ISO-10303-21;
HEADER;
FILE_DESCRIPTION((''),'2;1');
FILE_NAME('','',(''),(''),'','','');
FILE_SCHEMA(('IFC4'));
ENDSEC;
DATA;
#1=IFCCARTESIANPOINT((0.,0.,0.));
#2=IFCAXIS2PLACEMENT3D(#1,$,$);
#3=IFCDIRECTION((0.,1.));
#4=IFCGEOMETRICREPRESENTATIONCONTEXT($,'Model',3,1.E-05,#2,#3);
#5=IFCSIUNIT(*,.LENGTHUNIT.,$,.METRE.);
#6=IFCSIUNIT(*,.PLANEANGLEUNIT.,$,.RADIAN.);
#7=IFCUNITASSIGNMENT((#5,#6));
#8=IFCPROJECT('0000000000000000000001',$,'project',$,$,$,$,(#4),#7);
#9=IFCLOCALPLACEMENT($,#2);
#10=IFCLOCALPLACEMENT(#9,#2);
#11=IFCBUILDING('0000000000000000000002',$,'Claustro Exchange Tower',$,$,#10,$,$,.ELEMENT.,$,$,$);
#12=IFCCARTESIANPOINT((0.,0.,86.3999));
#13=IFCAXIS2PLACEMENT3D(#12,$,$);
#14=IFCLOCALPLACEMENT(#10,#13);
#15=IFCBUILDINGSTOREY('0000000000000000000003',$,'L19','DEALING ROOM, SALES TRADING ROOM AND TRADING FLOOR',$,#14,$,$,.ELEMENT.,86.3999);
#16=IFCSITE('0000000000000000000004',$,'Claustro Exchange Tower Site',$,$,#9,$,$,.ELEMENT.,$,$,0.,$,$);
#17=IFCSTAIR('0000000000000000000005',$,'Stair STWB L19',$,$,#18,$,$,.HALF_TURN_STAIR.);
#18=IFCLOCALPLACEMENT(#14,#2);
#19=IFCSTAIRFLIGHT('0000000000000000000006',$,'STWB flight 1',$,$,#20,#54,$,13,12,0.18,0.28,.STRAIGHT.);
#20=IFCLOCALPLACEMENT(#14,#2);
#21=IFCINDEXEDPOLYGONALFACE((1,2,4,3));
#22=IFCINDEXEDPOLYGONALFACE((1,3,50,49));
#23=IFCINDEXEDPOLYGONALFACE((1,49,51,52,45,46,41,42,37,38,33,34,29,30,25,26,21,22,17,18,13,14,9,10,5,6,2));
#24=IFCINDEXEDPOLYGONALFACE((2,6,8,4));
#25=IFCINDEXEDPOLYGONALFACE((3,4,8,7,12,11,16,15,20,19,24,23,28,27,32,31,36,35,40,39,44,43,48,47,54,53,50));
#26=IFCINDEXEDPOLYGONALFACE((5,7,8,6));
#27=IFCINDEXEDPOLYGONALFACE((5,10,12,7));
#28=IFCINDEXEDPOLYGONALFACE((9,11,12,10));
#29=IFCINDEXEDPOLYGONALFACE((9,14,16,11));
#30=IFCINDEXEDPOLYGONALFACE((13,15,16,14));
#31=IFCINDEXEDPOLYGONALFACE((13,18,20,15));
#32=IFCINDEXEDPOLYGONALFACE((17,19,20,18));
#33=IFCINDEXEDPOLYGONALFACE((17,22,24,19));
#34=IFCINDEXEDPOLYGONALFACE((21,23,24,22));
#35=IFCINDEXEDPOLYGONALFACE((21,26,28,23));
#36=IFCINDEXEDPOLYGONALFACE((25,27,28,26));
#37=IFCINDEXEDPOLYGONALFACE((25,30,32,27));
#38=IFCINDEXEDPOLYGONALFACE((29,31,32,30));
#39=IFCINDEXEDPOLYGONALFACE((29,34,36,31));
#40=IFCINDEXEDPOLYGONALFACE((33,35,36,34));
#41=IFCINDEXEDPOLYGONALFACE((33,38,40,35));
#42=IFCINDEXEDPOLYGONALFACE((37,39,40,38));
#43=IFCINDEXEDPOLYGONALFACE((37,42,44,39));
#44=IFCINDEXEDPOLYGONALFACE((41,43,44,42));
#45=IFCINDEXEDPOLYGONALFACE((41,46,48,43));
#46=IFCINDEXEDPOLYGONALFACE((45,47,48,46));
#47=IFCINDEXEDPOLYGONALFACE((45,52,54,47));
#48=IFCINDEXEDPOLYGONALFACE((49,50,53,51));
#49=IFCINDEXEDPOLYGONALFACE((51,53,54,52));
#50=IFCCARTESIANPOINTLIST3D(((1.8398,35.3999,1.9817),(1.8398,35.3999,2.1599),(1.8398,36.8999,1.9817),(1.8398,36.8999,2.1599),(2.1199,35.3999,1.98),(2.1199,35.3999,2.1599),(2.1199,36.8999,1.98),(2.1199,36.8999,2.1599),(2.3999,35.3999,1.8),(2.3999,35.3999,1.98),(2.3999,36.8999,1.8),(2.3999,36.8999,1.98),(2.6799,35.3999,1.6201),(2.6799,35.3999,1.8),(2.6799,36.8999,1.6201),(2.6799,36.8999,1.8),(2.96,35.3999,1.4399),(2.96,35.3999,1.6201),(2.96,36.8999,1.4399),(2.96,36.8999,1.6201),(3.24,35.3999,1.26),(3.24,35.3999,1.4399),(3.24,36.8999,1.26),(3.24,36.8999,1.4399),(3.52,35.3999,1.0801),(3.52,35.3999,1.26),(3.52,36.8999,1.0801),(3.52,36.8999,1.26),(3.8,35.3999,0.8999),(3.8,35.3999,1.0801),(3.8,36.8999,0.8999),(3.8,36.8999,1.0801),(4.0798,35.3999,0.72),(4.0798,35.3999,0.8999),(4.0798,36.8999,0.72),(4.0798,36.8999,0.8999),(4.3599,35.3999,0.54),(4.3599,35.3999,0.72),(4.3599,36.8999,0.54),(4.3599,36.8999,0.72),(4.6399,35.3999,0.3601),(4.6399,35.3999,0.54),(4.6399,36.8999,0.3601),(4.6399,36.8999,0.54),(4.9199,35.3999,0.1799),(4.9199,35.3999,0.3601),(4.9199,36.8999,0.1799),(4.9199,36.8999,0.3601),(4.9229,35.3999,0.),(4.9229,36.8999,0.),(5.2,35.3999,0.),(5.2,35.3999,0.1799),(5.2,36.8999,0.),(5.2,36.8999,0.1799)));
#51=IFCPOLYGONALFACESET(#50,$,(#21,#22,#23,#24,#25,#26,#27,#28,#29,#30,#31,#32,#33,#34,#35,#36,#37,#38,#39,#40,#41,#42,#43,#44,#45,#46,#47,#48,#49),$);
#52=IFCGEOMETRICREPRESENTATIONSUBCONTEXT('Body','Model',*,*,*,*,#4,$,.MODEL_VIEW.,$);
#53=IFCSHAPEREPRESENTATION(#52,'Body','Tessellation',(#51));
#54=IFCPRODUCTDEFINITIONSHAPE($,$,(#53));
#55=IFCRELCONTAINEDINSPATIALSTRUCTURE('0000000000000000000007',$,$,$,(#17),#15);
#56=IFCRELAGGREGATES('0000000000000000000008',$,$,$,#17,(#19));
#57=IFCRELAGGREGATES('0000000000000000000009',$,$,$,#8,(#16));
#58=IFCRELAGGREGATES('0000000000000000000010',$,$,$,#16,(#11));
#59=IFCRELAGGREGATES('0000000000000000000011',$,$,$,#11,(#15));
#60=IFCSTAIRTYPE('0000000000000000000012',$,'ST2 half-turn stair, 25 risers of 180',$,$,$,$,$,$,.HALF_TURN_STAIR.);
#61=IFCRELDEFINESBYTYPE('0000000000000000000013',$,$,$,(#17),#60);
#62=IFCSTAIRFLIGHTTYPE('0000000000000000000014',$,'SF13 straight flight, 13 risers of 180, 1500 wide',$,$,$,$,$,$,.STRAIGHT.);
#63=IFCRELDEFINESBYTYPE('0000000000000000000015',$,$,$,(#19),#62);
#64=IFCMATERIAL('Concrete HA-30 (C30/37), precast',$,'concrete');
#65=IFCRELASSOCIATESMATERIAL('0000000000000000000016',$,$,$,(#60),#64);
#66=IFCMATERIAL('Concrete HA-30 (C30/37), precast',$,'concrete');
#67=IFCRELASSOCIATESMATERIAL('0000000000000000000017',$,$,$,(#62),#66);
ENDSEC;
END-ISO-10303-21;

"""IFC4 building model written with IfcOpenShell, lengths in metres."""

from ifc_helpers import new_model, si_unit, direction, frame, origin, place, context, subcontext, project, spatial, polyline, outline, extrude, material, type_object, element, aggregate, save


model = new_model("IFC4")

# Units and contexts
model_context = context("Model", 3, precision=1e-05, world=origin(), true_north=direction((0.0, 1.0)))
body_context = subcontext(model_context, "Body", "Model", "MODEL_VIEW")
ifc_project = project(units=[si_unit("LENGTHUNIT", "METRE"), si_unit("PLANEANGLEUNIT", "RADIAN")], contexts=[model_context])

# Site, building, storey
site_placement = place(None, origin())
site = spatial("IfcSite", under=ifc_project, at=site_placement, Name="Claustro Exchange Tower Site", CompositionType="ELEMENT", RefElevation=0.0)
building_placement = place(site_placement, origin())
building = spatial("IfcBuilding", under=site, at=building_placement, Name="Claustro Exchange Tower", CompositionType="ELEMENT")
storey_placement = place(building_placement, frame((0.0, 0.0, 86.3999)))
storey = spatial("IfcBuildingStorey", under=building, at=storey_placement, Name="L19", Description="DEALING ROOM, SALES TRADING ROOM AND TRADING FLOOR", CompositionType="ELEMENT", Elevation=86.3999)

# Stair, stair flight
ifc_material_1 = material(Name="Concrete HA-30 (C30/37), precast", Category="concrete")
stair_type = type_object("IfcStairType", Name="ST2 half-turn stair, 25 risers of 180", PredefinedType="HALF_TURN_STAIR", material=ifc_material_1)
stair_placement = place(storey_placement, origin())
stair = element("IfcStair", 1, at=stair_placement, inside=storey, type_object=stair_type, Name="Stair STWB L19", PredefinedType="HALF_TURN_STAIR")
ifc_material_2 = material(Name="Concrete HA-30 (C30/37), precast", Category="concrete")
stair_flight_type_1 = type_object("IfcStairFlightType", Name="SF13 straight flight, 13 risers of 180, 1500 wide", PredefinedType="STRAIGHT", material=ifc_material_2)
stair_flight_1_placement = place(storey_placement, frame((5.2, 36.1499, 0.0), z_axis=(0.0, 0.0, 1.0), x_axis=(-1.0, 0.0, 0.0)))
stair_flight_1 = element("IfcStairFlight", 2, at=stair_flight_1_placement, type_object=stair_flight_type_1, Name="STWB flight 1", NumberOfRisers=13, NumberOfTreads=12, PredefinedType="STRAIGHT", RiserHeight=0.18, TreadLength=0.28, context=body_context, shape_type="SweptSolid", body=[
    extrude(outline(polyline([(0.0, 0.0), (0.0, 0.1799), (0.28, 0.1799), (0.28, 0.3601), (0.5601, 0.3601), (0.5601, 0.54), (0.8401, 0.54), (0.8401, 0.72), (1.1201, 0.72), (1.1201, 0.8999), (1.3999, 0.8999), (1.3999, 1.0801), (1.6799, 1.0801), (1.6799, 1.26), (1.96, 1.26), (1.96, 1.4399), (2.24, 1.4399), (2.24, 1.6201), (2.52, 1.6201), (2.52, 1.8), (2.8, 1.8), (2.8, 1.98), (3.0801, 1.98), (3.0801, 2.1599), (3.3601, 2.1599), (3.3601, 2.3401), (3.3601, 1.9817), (0.2771, 0.0), (0.0, 0.0)])), frame((0.0, 0.75, 0.0), z_axis=(0.0, -1.0, 0.0), x_axis=(1.0, 0.0, 0.0)), (0.0, 0.0, 1.0), 1.5),
])
aggregate(stair, [stair_flight_1])

save(model, "model.ifc")
